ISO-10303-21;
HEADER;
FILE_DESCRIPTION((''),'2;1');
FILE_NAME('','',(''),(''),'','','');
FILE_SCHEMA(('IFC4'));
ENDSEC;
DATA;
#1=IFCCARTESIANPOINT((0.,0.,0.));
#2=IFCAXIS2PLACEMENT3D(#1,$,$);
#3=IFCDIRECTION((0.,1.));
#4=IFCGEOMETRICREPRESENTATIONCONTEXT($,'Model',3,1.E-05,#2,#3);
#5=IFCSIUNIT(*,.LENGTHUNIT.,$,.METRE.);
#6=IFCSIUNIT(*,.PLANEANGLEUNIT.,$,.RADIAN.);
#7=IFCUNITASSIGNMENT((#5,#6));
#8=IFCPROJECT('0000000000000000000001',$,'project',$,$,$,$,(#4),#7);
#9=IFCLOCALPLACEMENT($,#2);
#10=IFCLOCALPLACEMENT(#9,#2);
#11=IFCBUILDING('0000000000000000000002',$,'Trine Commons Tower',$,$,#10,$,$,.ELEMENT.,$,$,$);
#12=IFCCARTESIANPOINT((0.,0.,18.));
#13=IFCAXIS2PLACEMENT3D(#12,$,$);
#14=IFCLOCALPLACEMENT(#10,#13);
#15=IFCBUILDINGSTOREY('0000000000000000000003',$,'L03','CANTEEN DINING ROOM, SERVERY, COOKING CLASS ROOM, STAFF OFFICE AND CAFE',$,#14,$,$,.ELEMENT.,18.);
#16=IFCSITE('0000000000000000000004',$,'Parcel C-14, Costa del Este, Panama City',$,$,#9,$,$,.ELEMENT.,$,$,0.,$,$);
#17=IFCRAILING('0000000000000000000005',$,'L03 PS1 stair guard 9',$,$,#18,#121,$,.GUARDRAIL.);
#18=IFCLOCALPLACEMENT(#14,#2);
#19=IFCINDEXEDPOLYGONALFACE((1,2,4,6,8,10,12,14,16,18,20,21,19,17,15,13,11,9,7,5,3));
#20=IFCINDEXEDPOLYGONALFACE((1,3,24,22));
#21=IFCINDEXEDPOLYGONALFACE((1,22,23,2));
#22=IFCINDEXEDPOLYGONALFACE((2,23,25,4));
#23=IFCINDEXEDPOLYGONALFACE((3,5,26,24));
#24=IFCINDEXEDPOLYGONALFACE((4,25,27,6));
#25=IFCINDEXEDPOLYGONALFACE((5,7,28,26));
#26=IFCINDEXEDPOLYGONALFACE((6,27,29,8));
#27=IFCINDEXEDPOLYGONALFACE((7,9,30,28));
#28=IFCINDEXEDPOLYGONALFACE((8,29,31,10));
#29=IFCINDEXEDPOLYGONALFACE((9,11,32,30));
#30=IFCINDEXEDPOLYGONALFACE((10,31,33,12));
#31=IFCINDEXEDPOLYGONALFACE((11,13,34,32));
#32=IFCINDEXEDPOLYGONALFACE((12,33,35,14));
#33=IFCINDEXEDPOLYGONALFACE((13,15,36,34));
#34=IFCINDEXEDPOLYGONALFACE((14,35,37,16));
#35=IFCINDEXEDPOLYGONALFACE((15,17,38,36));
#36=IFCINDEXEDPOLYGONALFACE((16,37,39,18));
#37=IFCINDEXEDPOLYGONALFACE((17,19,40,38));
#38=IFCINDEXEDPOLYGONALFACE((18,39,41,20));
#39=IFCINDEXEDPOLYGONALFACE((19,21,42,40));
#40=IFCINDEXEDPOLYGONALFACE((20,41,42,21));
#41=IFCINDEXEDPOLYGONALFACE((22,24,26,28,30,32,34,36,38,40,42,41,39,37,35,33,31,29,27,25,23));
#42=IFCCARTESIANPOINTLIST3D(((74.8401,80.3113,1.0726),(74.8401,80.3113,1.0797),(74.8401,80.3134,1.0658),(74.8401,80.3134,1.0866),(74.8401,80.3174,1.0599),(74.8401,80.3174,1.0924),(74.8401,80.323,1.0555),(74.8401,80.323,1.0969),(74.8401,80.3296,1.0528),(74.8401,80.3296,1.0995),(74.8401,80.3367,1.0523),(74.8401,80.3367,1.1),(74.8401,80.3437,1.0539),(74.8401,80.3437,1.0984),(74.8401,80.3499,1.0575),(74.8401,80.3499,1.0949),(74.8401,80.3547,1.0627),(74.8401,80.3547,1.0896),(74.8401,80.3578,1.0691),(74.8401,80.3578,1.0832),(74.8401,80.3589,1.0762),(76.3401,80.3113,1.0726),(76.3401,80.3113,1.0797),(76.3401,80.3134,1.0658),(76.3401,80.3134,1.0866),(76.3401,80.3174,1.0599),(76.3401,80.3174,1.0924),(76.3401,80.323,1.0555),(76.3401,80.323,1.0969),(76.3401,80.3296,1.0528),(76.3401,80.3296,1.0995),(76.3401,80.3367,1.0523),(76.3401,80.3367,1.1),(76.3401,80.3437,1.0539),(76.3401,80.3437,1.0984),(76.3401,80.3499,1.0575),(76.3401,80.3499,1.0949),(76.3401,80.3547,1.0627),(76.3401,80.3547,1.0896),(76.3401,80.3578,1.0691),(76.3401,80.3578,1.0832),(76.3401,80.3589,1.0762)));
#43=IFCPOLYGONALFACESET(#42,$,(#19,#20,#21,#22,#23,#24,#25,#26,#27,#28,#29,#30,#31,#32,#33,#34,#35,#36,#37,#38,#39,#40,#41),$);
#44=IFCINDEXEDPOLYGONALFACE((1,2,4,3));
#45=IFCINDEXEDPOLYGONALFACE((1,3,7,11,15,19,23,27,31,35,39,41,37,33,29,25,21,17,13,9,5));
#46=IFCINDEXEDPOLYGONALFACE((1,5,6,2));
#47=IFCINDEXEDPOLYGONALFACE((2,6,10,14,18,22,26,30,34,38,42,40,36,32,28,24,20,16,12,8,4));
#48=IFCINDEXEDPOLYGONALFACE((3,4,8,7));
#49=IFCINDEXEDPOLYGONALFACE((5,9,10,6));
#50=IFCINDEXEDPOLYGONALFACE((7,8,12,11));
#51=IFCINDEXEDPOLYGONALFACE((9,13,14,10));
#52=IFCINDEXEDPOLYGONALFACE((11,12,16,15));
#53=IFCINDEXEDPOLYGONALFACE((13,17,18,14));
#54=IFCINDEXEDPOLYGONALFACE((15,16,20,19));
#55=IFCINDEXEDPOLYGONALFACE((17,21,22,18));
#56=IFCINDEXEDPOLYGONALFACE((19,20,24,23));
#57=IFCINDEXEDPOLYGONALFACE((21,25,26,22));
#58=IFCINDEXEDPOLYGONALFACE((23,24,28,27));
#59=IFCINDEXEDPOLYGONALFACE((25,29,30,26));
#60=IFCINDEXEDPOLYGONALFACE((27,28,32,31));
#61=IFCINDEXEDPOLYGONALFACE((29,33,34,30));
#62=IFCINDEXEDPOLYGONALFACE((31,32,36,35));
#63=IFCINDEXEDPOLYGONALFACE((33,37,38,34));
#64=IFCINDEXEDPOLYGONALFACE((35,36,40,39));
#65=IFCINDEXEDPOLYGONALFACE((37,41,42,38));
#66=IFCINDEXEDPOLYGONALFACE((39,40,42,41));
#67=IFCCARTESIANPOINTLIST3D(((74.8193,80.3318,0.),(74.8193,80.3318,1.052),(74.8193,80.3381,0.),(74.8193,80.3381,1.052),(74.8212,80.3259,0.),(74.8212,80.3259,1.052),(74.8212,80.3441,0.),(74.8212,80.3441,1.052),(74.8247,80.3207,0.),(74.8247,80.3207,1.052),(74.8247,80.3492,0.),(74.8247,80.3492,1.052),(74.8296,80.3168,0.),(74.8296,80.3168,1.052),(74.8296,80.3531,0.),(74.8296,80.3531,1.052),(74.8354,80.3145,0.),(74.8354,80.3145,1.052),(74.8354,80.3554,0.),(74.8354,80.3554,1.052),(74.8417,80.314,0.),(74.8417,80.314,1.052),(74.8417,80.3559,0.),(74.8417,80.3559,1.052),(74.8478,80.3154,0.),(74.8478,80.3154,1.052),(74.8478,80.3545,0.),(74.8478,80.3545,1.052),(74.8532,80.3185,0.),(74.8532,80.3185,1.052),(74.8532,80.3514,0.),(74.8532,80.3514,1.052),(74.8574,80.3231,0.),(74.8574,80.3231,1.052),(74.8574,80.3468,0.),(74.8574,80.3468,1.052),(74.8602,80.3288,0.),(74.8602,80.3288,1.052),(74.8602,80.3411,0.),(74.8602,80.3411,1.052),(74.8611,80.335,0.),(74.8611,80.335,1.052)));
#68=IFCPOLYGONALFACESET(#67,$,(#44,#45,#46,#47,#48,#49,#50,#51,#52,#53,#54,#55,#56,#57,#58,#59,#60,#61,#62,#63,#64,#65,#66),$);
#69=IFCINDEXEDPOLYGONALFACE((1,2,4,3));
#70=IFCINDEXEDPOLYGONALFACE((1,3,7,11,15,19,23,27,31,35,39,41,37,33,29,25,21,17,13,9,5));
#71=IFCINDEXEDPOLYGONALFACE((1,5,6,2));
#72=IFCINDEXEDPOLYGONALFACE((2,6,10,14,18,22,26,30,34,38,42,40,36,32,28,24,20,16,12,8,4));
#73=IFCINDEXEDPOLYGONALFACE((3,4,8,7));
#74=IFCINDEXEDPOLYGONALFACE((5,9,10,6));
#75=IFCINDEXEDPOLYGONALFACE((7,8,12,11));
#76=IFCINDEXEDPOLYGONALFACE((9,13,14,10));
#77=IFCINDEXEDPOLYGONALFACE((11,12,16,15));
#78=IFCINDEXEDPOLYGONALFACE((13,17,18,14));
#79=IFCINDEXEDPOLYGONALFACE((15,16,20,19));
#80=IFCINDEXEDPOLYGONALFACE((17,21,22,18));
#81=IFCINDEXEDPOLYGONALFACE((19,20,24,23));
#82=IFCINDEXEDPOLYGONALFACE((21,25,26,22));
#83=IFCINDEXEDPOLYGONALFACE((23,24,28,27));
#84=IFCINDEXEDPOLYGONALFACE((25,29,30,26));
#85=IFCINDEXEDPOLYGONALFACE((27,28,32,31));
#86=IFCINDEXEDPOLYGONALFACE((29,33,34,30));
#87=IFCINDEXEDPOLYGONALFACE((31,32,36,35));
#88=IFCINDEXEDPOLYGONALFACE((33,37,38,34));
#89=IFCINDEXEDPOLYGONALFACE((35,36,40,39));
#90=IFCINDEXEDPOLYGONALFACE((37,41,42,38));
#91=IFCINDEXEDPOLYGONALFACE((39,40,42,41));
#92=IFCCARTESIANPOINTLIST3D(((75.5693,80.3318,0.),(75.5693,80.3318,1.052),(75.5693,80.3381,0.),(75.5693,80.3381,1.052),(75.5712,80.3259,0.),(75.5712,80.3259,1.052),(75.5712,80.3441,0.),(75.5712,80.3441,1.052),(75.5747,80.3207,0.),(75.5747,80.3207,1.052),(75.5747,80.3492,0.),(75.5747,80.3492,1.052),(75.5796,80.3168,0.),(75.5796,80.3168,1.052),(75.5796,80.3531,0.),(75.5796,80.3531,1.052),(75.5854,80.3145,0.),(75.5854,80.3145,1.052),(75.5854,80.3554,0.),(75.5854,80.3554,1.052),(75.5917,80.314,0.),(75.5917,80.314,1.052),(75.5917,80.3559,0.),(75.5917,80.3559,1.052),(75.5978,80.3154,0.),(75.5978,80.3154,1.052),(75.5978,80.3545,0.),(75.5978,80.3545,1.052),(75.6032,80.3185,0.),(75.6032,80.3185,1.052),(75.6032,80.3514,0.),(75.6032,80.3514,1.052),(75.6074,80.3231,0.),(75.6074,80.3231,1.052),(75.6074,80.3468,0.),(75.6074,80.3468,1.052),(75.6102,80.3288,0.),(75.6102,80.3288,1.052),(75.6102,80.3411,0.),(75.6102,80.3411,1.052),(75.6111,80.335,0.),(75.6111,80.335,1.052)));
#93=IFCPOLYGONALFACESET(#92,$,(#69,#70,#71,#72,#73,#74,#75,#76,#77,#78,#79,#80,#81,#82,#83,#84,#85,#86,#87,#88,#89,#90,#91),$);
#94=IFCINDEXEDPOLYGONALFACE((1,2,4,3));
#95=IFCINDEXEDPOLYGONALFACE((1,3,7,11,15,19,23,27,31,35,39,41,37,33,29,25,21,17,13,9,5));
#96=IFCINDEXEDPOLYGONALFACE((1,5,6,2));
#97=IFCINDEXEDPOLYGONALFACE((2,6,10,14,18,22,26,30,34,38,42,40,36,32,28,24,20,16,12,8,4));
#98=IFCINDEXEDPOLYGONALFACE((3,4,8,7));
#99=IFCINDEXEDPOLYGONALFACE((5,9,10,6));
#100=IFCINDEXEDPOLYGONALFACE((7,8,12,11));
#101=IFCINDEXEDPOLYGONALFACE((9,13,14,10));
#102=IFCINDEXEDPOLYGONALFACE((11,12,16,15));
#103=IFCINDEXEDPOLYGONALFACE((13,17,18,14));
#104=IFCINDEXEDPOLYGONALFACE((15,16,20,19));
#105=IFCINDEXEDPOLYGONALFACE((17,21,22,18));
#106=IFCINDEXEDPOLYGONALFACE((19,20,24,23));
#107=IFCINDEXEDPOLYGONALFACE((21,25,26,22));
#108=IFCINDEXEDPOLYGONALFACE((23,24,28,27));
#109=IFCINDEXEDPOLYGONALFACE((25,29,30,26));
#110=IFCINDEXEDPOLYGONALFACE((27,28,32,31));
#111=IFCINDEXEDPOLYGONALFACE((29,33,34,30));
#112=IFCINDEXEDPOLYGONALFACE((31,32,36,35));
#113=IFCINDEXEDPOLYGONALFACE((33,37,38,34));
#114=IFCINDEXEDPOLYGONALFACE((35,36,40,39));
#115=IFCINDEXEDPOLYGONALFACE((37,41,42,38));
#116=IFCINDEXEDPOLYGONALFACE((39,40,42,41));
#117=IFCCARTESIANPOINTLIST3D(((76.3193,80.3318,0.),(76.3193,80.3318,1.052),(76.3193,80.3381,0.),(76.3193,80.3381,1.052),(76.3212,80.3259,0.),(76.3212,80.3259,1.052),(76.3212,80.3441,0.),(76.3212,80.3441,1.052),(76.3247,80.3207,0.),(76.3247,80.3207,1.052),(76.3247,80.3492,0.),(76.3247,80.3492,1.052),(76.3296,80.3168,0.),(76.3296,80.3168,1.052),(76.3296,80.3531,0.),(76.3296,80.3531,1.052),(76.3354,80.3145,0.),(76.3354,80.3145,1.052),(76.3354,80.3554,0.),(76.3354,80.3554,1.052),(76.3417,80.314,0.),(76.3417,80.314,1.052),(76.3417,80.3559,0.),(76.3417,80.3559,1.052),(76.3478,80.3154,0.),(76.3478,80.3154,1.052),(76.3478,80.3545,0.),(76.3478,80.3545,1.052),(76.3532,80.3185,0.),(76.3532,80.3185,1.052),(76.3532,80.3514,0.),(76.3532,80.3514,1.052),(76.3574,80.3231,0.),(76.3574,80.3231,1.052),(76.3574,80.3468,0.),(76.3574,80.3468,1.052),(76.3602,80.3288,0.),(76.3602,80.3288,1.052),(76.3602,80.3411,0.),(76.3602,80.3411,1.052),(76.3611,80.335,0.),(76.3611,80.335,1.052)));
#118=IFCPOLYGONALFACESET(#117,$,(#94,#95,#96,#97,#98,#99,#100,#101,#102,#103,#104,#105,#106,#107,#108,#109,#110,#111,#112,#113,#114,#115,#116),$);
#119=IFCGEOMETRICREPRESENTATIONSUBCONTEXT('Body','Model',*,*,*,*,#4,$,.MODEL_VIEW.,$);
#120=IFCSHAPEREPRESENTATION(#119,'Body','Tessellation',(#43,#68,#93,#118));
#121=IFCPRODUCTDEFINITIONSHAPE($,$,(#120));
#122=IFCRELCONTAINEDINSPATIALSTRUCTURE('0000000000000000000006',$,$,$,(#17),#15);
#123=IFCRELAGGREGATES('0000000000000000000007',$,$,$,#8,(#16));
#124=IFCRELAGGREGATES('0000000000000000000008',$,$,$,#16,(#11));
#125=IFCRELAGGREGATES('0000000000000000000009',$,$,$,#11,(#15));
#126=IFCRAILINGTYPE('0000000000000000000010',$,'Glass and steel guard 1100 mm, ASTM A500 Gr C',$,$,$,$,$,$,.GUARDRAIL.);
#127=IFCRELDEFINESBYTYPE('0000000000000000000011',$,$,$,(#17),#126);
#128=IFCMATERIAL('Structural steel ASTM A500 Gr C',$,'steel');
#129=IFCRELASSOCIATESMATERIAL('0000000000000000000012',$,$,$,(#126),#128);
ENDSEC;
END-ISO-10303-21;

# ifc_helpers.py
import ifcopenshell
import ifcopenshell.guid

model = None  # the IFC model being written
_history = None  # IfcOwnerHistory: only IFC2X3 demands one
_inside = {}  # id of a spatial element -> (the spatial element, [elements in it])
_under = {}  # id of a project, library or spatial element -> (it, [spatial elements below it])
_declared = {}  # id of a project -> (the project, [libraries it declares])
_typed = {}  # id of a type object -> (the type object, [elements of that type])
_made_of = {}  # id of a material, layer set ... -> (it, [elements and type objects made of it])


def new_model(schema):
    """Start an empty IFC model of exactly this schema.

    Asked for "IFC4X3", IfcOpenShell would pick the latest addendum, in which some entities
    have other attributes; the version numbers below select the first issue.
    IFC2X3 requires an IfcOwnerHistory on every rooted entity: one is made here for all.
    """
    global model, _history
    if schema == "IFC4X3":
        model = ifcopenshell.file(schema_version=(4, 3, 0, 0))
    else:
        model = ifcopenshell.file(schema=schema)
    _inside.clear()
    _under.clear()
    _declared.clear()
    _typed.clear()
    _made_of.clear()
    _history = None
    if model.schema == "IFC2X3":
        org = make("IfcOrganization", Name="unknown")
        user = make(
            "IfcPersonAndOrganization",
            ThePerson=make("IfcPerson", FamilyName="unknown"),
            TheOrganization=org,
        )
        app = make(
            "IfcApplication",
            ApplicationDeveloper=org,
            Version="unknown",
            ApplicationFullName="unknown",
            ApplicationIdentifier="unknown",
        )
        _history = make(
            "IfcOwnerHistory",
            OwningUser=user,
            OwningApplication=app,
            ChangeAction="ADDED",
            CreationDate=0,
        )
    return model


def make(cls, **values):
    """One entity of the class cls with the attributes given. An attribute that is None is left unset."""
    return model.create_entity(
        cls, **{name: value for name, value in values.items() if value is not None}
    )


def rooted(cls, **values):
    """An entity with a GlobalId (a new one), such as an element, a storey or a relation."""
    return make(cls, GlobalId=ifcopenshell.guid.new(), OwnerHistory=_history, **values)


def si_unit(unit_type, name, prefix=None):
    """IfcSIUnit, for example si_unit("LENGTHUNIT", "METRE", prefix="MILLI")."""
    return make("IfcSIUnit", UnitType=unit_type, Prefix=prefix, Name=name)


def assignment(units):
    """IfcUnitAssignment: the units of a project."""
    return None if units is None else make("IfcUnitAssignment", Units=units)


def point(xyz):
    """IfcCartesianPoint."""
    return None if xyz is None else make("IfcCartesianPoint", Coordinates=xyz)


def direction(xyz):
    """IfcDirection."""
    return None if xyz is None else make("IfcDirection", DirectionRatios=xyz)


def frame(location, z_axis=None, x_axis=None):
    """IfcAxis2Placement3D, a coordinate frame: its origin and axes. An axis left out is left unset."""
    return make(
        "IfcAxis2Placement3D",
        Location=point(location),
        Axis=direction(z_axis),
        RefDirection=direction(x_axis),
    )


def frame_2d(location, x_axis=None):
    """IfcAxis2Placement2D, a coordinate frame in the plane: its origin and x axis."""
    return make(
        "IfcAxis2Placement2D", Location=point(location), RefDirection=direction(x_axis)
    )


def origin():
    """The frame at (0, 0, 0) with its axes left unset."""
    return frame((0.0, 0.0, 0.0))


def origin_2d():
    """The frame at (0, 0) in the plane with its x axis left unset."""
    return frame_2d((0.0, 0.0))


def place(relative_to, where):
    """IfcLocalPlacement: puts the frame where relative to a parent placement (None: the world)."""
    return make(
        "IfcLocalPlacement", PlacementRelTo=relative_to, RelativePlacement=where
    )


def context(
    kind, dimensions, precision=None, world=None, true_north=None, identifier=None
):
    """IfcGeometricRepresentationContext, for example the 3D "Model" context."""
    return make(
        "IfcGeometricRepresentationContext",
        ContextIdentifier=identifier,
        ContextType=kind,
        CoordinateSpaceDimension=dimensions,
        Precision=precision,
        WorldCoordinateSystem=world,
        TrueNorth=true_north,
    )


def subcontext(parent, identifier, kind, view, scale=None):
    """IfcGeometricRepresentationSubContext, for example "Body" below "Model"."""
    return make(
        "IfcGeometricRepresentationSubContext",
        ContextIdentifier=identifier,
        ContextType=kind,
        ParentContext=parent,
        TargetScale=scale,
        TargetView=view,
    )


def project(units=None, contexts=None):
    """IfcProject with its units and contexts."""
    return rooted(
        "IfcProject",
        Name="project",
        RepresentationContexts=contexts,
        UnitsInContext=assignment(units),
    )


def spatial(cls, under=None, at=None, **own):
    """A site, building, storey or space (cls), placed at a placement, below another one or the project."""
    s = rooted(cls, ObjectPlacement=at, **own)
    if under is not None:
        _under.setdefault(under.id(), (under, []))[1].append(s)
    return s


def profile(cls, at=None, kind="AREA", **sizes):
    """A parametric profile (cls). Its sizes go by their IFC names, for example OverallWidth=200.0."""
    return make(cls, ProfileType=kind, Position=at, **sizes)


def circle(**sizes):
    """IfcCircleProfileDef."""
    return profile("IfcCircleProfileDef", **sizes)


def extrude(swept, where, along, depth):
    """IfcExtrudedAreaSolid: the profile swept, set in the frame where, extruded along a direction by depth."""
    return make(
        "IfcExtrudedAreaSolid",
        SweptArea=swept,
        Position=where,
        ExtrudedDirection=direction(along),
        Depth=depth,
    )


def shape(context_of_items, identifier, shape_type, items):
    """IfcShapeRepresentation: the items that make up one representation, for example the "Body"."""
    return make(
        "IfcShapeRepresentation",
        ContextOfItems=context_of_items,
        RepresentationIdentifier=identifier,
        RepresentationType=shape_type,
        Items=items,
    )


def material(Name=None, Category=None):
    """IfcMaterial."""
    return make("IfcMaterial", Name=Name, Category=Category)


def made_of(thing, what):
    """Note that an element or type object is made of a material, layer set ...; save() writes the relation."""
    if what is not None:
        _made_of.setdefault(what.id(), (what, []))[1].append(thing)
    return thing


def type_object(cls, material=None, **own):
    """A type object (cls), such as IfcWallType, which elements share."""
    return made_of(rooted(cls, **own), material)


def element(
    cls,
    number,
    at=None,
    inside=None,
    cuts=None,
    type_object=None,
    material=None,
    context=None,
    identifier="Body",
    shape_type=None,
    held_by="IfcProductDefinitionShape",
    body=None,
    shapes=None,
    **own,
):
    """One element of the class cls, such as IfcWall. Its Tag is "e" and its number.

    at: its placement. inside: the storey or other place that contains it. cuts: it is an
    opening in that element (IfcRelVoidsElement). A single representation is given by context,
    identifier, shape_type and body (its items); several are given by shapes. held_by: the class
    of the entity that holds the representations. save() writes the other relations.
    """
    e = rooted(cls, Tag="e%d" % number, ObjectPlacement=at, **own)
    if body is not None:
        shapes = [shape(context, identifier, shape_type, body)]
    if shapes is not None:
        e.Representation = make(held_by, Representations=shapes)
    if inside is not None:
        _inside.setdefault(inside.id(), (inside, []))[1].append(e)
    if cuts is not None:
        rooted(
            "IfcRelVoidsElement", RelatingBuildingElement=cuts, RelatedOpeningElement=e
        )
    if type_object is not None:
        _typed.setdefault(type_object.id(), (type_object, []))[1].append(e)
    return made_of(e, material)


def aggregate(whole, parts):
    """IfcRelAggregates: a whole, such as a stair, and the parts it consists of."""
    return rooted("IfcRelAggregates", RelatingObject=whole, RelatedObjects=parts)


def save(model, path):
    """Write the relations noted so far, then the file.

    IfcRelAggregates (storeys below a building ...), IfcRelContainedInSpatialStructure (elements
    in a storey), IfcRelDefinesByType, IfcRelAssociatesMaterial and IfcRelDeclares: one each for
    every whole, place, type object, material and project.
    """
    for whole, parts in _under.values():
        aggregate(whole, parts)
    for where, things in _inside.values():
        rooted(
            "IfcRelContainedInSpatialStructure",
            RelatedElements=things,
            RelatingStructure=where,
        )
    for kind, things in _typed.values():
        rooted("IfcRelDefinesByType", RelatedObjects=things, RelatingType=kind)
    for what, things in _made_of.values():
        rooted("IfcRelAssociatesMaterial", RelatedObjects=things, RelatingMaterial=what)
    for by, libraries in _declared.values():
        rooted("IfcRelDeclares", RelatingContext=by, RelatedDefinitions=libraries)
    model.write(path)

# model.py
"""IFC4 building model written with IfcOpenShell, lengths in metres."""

from ifc_helpers import new_model, si_unit, direction, frame, origin, origin_2d, place, context, subcontext, project, spatial, circle, extrude, material, type_object, element, save


model = new_model("IFC4")

# Units and contexts
model_context = context("Model", 3, precision=1e-05, world=origin(), true_north=direction((0.0, 1.0)))
body_context = subcontext(model_context, "Body", "Model", "MODEL_VIEW")
ifc_project = project(units=[si_unit("LENGTHUNIT", "METRE"), si_unit("PLANEANGLEUNIT", "RADIAN")], contexts=[model_context])

# Site, building, storey
site_placement = place(None, origin())
site = spatial("IfcSite", under=ifc_project, at=site_placement, Name="Parcel C-14, Costa del Este, Panama City", CompositionType="ELEMENT", RefElevation=0.0)
building_placement = place(site_placement, origin())
building = spatial("IfcBuilding", under=site, at=building_placement, Name="Trine Commons Tower", CompositionType="ELEMENT")
storey_placement = place(building_placement, frame((0.0, 0.0, 18.0)))
storey = spatial("IfcBuildingStorey", under=building, at=storey_placement, Name="L03", Description="CANTEEN DINING ROOM, SERVERY, COOKING CLASS ROOM, STAFF OFFICE AND CAFE", CompositionType="ELEMENT", Elevation=18.0)

# Railing
ifc_material_1 = material(Name="Structural steel ASTM A500 Gr C", Category="steel")
railing_type_1 = type_object("IfcRailingType", Name="Glass and steel guard 1100 mm, ASTM A500 Gr C", PredefinedType="GUARDRAIL", material=ifc_material_1)
for number, where, name in (
    (1, (74.8401, 80.335, 0.0), "L03 PS1 stair guard 9"),
):
    element("IfcRailing", number, at=place(storey_placement, frame(where)), inside=storey, type_object=railing_type_1, Name=name, PredefinedType="GUARDRAIL", context=body_context, shape_type="SweptSolid", body=[
        extrude(circle(Radius=0.0239, at=origin_2d()), frame((0.0, 0.0, 1.0762), z_axis=(1.0, 0.0, 0.0), x_axis=(0.0, 1.0, 0.0)), (0.0, 0.0, 1.0), 1.5),
        extrude(circle(Radius=0.021, at=origin_2d()), origin(), (0.0, 0.0, 1.0), 1.052),
        extrude(circle(Radius=0.021, at=origin_2d()), frame((0.75, 0.0, 0.0)), (0.0, 0.0, 1.0), 1.052),
        extrude(circle(Radius=0.021, at=origin_2d()), frame((1.5, 0.0, 0.0)), (0.0, 0.0, 1.0), 1.052),
    ])

save(model, "model.ifc")
